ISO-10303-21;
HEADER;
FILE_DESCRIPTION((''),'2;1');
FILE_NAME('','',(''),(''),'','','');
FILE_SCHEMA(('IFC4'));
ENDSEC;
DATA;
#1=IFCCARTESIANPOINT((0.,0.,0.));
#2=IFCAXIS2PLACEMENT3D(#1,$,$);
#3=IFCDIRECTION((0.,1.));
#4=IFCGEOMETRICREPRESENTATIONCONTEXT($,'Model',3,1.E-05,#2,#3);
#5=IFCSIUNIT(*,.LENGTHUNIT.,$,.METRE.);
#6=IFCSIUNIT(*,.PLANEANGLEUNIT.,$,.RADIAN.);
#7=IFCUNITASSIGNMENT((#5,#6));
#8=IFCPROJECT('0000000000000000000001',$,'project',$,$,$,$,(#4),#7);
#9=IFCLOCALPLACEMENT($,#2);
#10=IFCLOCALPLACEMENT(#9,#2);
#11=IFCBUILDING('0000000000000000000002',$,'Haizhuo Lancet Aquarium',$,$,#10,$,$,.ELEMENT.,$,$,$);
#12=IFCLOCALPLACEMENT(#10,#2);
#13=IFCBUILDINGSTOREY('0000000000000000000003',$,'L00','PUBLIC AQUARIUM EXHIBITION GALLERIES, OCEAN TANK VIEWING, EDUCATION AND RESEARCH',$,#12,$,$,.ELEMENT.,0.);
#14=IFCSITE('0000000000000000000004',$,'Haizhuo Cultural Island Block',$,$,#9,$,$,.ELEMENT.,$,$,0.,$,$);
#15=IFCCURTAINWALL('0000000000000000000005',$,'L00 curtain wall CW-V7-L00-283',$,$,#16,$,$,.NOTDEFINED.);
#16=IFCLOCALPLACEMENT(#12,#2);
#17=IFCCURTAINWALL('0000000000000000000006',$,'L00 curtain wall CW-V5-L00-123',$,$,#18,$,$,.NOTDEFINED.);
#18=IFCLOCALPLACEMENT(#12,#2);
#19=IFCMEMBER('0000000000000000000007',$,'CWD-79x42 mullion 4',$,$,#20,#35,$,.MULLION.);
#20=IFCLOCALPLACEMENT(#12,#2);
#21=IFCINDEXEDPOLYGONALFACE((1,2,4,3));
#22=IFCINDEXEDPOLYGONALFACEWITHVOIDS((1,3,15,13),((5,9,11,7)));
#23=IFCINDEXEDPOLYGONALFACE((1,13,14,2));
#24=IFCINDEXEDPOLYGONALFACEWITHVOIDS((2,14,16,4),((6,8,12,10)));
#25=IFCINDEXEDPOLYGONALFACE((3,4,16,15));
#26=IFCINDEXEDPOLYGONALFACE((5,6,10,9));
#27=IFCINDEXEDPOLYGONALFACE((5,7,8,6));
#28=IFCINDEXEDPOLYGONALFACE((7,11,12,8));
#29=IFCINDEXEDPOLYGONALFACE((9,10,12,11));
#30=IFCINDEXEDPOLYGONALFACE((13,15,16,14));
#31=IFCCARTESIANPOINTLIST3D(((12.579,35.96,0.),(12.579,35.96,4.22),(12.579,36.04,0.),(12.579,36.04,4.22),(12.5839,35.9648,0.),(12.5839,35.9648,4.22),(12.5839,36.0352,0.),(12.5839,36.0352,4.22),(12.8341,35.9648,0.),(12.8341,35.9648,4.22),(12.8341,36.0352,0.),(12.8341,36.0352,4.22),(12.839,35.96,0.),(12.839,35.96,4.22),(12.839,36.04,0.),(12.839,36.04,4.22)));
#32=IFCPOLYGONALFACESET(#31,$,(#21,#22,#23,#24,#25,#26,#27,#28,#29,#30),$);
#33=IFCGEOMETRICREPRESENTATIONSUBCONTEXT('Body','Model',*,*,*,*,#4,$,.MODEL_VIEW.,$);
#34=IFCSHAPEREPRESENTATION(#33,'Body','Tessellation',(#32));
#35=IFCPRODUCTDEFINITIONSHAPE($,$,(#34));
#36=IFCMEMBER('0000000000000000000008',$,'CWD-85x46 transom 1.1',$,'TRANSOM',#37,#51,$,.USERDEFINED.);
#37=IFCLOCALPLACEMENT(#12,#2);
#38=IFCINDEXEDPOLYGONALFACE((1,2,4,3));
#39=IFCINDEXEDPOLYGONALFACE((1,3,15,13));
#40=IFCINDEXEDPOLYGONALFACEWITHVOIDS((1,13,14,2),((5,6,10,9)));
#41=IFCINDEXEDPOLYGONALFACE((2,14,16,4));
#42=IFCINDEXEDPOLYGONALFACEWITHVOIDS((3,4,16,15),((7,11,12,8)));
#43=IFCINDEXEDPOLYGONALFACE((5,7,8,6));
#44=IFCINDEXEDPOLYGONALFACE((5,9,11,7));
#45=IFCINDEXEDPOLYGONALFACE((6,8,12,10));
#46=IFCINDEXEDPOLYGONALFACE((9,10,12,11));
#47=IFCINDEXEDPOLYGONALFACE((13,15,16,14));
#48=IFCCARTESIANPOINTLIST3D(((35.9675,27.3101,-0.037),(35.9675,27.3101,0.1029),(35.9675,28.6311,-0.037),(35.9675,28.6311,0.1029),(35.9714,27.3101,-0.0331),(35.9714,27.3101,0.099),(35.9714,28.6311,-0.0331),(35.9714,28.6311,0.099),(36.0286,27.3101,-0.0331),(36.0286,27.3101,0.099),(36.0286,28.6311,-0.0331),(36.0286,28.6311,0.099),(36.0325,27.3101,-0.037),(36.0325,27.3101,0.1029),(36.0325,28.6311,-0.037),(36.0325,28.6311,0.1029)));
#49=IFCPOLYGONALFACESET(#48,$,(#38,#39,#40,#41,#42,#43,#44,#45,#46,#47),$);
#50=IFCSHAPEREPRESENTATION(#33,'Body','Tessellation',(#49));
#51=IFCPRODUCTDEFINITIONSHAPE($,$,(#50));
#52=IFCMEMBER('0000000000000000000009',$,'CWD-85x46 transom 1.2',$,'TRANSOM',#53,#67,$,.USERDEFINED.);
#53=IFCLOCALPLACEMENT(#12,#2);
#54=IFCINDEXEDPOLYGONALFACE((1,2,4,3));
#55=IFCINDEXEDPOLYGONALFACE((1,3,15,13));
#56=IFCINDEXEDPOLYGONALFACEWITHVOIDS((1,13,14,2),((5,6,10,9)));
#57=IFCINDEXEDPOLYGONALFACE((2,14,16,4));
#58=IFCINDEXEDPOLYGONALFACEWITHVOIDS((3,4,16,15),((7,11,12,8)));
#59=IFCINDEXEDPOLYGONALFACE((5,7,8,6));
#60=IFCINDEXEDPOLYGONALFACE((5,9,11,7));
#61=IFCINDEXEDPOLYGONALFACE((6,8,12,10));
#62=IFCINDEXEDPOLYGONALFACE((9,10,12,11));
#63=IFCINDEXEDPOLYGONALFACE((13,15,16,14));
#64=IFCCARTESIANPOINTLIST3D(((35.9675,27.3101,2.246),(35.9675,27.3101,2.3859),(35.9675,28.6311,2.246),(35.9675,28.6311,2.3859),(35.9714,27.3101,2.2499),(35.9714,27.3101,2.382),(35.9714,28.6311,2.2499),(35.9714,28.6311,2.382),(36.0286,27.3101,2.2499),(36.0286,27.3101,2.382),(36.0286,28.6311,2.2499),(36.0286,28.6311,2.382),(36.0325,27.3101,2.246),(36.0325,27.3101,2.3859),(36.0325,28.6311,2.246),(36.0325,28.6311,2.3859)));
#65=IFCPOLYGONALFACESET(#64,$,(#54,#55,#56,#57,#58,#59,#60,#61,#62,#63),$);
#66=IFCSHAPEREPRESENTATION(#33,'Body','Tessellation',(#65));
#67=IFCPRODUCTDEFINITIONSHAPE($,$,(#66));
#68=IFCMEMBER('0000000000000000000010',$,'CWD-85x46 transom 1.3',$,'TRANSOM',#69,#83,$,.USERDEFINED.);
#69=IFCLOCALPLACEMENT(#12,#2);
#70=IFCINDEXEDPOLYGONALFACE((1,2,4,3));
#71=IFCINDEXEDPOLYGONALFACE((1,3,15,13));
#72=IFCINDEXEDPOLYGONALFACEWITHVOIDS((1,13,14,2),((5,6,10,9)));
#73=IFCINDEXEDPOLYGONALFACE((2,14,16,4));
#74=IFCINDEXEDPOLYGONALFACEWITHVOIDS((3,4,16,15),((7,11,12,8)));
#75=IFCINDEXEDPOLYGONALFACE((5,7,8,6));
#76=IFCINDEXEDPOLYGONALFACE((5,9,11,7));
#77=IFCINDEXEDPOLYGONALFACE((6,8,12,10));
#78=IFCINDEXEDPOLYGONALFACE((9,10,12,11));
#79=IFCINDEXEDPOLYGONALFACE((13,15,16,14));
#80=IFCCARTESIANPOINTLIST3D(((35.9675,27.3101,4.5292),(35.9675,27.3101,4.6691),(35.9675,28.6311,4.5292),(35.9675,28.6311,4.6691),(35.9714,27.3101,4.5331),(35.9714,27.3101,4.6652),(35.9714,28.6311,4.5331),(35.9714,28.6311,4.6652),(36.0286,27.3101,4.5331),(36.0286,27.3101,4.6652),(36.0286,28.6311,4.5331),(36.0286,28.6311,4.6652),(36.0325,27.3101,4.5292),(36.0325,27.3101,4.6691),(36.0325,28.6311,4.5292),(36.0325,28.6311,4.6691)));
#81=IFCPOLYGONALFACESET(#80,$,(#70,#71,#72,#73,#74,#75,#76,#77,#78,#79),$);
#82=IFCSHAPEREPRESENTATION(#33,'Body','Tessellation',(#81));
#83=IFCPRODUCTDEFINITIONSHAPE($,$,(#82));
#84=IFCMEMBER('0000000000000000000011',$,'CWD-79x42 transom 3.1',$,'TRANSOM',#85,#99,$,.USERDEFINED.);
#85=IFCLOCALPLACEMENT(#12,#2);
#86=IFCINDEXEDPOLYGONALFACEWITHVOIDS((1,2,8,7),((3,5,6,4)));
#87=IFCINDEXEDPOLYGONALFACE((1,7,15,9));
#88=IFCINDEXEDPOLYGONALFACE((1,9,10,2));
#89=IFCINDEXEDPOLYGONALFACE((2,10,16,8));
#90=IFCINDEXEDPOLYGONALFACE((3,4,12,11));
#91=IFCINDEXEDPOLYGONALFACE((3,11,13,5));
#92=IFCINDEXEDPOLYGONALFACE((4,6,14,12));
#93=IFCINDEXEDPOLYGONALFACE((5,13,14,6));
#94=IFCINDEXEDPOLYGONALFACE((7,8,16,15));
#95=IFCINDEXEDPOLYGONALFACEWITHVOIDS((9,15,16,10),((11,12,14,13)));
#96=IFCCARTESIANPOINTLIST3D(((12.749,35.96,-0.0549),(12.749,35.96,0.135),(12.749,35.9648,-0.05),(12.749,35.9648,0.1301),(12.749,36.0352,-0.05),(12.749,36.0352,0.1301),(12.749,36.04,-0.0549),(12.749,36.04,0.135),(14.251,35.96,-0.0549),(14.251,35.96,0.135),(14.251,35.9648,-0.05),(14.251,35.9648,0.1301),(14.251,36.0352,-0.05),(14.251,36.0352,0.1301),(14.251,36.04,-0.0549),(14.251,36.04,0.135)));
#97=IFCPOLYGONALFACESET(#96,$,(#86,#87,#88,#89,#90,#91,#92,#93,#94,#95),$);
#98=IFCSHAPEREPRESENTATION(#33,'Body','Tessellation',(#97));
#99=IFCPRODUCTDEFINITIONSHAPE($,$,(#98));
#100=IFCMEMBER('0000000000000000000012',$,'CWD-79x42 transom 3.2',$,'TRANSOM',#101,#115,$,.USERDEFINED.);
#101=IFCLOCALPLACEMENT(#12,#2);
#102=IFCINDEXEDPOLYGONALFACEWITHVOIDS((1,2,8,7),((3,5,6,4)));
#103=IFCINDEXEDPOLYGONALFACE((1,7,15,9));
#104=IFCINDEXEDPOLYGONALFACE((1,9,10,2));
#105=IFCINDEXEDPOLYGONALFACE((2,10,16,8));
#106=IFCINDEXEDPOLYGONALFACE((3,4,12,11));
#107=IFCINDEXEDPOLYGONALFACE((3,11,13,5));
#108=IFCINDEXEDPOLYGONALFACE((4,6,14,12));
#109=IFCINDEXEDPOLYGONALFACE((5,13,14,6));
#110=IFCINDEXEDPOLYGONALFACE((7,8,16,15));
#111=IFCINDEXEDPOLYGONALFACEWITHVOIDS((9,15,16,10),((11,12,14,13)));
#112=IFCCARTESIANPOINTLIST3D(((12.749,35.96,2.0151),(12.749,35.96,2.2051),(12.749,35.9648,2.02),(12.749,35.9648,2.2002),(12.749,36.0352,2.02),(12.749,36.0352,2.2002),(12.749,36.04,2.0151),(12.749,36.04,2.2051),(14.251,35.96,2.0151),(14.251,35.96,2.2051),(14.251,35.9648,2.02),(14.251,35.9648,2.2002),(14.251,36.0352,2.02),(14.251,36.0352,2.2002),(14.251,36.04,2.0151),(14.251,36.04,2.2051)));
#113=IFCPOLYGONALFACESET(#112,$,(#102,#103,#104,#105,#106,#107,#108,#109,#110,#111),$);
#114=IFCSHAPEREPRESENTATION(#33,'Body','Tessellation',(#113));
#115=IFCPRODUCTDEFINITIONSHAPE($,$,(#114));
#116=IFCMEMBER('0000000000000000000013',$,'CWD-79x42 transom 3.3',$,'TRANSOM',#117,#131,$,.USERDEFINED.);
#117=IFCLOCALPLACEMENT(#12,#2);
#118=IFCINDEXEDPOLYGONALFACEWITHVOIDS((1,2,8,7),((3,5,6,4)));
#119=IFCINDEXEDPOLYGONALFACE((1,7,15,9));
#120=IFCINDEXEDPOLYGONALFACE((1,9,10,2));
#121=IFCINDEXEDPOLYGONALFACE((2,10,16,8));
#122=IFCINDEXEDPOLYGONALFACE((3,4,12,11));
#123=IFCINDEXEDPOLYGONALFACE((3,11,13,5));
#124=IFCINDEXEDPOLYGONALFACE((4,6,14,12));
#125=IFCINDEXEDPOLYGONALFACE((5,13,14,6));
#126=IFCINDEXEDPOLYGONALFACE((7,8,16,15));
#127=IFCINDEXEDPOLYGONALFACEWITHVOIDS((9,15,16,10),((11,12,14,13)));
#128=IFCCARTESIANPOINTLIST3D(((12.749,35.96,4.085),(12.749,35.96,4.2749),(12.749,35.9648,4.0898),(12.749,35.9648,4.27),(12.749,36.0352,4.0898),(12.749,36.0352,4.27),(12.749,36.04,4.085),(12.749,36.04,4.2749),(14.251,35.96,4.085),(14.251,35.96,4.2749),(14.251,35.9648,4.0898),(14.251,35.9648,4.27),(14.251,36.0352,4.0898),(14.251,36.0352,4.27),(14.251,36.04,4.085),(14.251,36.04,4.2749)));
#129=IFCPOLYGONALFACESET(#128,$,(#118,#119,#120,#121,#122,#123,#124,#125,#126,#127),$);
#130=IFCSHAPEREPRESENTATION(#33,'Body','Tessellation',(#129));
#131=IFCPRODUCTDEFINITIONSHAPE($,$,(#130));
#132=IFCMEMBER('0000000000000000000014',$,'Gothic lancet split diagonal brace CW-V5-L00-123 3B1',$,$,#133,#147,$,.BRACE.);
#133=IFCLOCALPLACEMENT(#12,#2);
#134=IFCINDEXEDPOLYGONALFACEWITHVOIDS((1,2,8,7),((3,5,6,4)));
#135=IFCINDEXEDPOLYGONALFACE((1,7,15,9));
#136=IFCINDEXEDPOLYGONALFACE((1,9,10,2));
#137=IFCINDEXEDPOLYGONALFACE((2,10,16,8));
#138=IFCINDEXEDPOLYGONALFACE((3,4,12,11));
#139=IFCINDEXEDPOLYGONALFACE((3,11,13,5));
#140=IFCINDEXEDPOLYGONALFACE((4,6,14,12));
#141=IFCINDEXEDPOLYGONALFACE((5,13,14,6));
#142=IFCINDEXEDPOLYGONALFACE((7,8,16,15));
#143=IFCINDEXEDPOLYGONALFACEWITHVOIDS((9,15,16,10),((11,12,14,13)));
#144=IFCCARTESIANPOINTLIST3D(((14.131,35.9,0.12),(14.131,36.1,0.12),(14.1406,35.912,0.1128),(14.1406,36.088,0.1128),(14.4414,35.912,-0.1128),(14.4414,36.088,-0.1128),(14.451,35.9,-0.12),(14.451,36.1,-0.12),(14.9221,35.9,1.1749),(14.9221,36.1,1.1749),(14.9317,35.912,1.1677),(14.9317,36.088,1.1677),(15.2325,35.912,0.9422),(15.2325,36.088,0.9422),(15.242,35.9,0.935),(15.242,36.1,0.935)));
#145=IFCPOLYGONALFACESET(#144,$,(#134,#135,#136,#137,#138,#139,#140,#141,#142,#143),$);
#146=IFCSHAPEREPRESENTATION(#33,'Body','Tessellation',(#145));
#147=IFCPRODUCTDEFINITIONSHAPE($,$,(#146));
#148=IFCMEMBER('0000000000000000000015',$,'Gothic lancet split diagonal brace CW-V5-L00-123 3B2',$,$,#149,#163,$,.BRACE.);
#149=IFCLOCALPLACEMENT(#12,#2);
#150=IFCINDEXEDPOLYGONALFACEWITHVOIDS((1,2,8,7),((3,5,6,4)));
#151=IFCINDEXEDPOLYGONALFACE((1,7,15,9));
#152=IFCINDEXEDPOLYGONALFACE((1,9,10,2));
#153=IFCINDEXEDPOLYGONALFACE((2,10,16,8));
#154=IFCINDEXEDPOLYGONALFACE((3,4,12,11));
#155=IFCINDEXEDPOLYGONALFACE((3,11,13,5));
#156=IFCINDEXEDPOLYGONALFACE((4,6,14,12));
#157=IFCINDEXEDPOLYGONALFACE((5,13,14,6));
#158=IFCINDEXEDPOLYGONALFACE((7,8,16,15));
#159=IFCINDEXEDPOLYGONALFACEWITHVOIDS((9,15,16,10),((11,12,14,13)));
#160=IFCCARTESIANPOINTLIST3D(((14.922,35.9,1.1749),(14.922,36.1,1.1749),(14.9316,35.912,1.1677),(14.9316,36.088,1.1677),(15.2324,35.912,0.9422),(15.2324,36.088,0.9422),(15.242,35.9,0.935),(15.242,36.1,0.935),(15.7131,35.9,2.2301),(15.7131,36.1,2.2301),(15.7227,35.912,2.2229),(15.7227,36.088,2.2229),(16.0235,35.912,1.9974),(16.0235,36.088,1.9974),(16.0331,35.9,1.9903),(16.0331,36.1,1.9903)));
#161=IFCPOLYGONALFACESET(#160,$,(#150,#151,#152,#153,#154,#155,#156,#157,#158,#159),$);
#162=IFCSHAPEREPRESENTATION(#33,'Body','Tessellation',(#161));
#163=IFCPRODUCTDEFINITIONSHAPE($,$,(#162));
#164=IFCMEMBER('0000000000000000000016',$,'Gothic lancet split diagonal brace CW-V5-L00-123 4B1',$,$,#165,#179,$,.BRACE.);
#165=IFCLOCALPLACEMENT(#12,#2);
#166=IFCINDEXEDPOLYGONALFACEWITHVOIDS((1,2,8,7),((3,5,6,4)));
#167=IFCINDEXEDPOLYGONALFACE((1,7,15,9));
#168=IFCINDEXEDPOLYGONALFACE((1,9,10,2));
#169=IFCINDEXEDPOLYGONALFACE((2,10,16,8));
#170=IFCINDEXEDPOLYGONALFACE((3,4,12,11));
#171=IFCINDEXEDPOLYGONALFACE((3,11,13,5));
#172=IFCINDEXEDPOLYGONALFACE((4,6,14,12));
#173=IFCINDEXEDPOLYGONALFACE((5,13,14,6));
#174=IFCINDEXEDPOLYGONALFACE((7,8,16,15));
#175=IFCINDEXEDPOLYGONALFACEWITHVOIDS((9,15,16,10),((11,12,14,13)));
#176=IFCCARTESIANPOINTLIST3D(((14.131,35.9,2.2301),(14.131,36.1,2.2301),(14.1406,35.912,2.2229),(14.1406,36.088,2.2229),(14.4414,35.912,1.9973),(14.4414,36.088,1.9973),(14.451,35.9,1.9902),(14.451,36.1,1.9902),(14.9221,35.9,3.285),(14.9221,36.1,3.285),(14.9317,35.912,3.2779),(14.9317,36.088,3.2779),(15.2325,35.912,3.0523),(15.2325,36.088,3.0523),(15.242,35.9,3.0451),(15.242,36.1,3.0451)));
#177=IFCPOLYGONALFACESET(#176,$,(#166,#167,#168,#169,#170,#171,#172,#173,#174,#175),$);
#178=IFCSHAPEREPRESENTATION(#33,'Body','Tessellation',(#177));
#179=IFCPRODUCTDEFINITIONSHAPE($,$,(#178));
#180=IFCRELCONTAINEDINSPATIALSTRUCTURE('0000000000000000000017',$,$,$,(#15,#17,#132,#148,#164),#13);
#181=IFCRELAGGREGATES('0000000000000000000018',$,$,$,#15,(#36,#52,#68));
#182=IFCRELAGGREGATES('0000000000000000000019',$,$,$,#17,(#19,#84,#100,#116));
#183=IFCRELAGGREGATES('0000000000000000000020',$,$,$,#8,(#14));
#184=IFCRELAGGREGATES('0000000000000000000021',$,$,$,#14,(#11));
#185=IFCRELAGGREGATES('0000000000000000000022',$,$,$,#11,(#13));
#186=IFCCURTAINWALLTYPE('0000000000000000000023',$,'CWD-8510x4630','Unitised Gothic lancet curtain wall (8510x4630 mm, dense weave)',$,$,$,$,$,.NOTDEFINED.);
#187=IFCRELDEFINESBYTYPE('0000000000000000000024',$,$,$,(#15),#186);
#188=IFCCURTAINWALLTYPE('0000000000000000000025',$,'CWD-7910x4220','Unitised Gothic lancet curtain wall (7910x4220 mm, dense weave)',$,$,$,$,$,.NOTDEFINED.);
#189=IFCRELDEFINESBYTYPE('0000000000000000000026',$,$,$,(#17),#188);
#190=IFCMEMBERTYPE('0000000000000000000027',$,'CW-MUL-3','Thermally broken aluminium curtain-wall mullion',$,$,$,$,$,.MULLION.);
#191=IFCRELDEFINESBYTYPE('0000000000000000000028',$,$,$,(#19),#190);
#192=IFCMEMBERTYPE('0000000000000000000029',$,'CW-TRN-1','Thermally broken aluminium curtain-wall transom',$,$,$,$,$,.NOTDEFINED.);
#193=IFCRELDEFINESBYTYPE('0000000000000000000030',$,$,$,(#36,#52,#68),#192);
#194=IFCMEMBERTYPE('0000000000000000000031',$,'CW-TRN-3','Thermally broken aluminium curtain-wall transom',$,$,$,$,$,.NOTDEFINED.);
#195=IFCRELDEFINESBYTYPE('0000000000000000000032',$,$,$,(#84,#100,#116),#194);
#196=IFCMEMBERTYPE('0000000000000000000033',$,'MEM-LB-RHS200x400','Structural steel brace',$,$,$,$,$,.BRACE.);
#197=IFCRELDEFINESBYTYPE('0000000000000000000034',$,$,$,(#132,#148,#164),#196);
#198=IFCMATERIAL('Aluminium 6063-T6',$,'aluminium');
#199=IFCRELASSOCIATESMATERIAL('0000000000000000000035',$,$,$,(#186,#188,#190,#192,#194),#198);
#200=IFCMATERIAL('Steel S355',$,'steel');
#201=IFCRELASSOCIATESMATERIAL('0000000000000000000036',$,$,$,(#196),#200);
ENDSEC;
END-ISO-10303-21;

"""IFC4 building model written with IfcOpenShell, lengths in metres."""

from ifc_helpers import new_model, si_unit, direction, frame, origin, origin_2d, place, context, subcontext, project, spatial, hollow_rectangle, extrude, material, material_profile, profile_set, type_object, element, aggregate, save


model = new_model("IFC4")

# Units and contexts
model_context = context("Model", 3, precision=1e-05, world=origin(), true_north=direction((0.0, 1.0)))
body_context = subcontext(model_context, "Body", "Model", "MODEL_VIEW")
ifc_project = project(units=[si_unit("LENGTHUNIT", "METRE"), si_unit("PLANEANGLEUNIT", "RADIAN")], contexts=[model_context])

# Site, building, storey
site_placement = place(None, origin())
site = spatial("IfcSite", under=ifc_project, at=site_placement, Name="Haizhuo Cultural Island Block", CompositionType="ELEMENT", RefElevation=0.0)
building_placement = place(site_placement, origin())
building = spatial("IfcBuilding", under=site, at=building_placement, Name="Haizhuo Lancet Aquarium", CompositionType="ELEMENT")
storey_placement = place(building_placement, origin())
storey = spatial("IfcBuildingStorey", under=building, at=storey_placement, Name="L00", Description="PUBLIC AQUARIUM EXHIBITION GALLERIES, OCEAN TANK VIEWING, EDUCATION AND RESEARCH", CompositionType="ELEMENT", Elevation=0.0)

# Shared definitions
ifc_material_1 = material(Name="Steel S355", Category="steel")

# Curtain wall
ifc_material_2 = material(Name="Aluminium 6063-T6", Category="aluminium")
curtain_wall_type_1 = type_object("IfcCurtainWallType", Name="CWD-8510x4630", Description="Unitised Gothic lancet curtain wall (8510x4630 mm, dense weave)", PredefinedType="NOTDEFINED", material=ifc_material_2)
curtain_wall_1_placement = place(storey_placement, origin())
curtain_wall_1 = element("IfcCurtainWall", 1, at=curtain_wall_1_placement, inside=storey, type_object=curtain_wall_type_1, Name="L00 curtain wall CW-V7-L00-283", PredefinedType="NOTDEFINED")

# Curtain wall, member
curtain_wall_type_2 = type_object("IfcCurtainWallType", Name="CWD-7910x4220", Description="Unitised Gothic lancet curtain wall (7910x4220 mm, dense weave)", PredefinedType="NOTDEFINED", material=ifc_material_2)
curtain_wall_2_placement = place(storey_placement, origin())
curtain_wall_2 = element("IfcCurtainWall", 2, at=curtain_wall_2_placement, inside=storey, type_object=curtain_wall_type_2, Name="L00 curtain wall CW-V5-L00-123", PredefinedType="NOTDEFINED")
ifc_material_profile_1 = material_profile(ifc_material_2, hollow_rectangle(XDim=0.0801, YDim=0.26, WallThickness=0.0049, at=origin_2d()), Name="ALU-M 80x260x5")
ifc_profile_set_1 = profile_set([ifc_material_profile_1], Name="Aluminium 6063-T6")
member_type_1 = type_object("IfcMemberType", Name="CW-MUL-3", Description="Thermally broken aluminium curtain-wall mullion", PredefinedType="MULLION", material=ifc_profile_set_1)
member_1_placement = place(storey_placement, frame((12.709, 36.0, 0.0), z_axis=(0.0, 0.0, 1.0), x_axis=(0.0, -1.0, 0.0)))
member_1 = element("IfcMember", 3, at=member_1_placement, type_object=member_type_1, Name="CWD-79x42 mullion 4", PredefinedType="MULLION", context=body_context, shape_type="SweptSolid", body=[
    extrude(hollow_rectangle(XDim=0.0801, YDim=0.26, WallThickness=0.0049, at=origin_2d()), origin(), (0.0, 0.0, 1.0), 4.22),
])

# Members
ifc_material_profile_2 = material_profile(ifc_material_2, hollow_rectangle(XDim=0.0649, YDim=0.1399, WallThickness=0.0039, at=origin_2d()), Name="ALU-T 65x140x4")
ifc_profile_set_2 = profile_set([ifc_material_profile_2], Name="Aluminium 6063-T6")
member_type_2 = type_object("IfcMemberType", Name="CW-TRN-1", Description="Thermally broken aluminium curtain-wall transom", PredefinedType="NOTDEFINED", material=ifc_profile_set_2)
member_2_placement = place(storey_placement, frame((36.0, 27.3101, 0.033), z_axis=(0.0, 1.0, 0.0), x_axis=(-1.0, 0.0, 0.0)))
member_2 = element("IfcMember", 4, at=member_2_placement, type_object=member_type_2, Name="CWD-85x46 transom 1.1", ObjectType="TRANSOM", PredefinedType="USERDEFINED", context=body_context, shape_type="SweptSolid", body=[
    extrude(hollow_rectangle(XDim=0.0649, YDim=0.1399, WallThickness=0.0039, at=origin_2d()), origin(), (0.0, 0.0, 1.0), 1.321),
])
member_3_placement = place(storey_placement, frame((36.0, 27.3101, 2.3159), z_axis=(0.0, 1.0, 0.0), x_axis=(-1.0, 0.0, 0.0)))
member_3 = element("IfcMember", 5, at=member_3_placement, type_object=member_type_2, Name="CWD-85x46 transom 1.2", ObjectType="TRANSOM", PredefinedType="USERDEFINED", context=body_context, shape_type="SweptSolid", body=[
    extrude(hollow_rectangle(XDim=0.0649, YDim=0.1399, WallThickness=0.0039, at=origin_2d()), origin(), (0.0, 0.0, 1.0), 1.321),
])
member_4_placement = place(storey_placement, frame((36.0, 27.3101, 4.5991), z_axis=(0.0, 1.0, 0.0), x_axis=(-1.0, 0.0, 0.0)))
member_4 = element("IfcMember", 6, at=member_4_placement, type_object=member_type_2, Name="CWD-85x46 transom 1.3", ObjectType="TRANSOM", PredefinedType="USERDEFINED", context=body_context, shape_type="SweptSolid", body=[
    extrude(hollow_rectangle(XDim=0.0649, YDim=0.1399, WallThickness=0.0039, at=origin_2d()), origin(), (0.0, 0.0, 1.0), 1.321),
])
aggregate(curtain_wall_1, [member_2, member_3, member_4])
ifc_material_profile_3 = material_profile(ifc_material_2, hollow_rectangle(XDim=0.0801, YDim=0.1899, WallThickness=0.0049, at=origin_2d()), Name="ALU-T 80x190x5")
ifc_profile_set_3 = profile_set([ifc_material_profile_3], Name="Aluminium 6063-T6")
member_type_3 = type_object("IfcMemberType", Name="CW-TRN-3", Description="Thermally broken aluminium curtain-wall transom", PredefinedType="NOTDEFINED", material=ifc_profile_set_3)
member_5_placement = place(storey_placement, frame((14.251, 36.0, 0.04), z_axis=(-1.0, 0.0, 0.0), x_axis=(0.0, -1.0, 0.0)))
member_5 = element("IfcMember", 7, at=member_5_placement, type_object=member_type_3, Name="CWD-79x42 transom 3.1", ObjectType="TRANSOM", PredefinedType="USERDEFINED", context=body_context, shape_type="SweptSolid", body=[
    extrude(hollow_rectangle(XDim=0.0801, YDim=0.1899, WallThickness=0.0049, at=origin_2d()), origin(), (0.0, 0.0, 1.0), 1.502),
])
member_6_placement = place(storey_placement, frame((14.251, 36.0, 2.1101), z_axis=(-1.0, 0.0, 0.0), x_axis=(0.0, -1.0, 0.0)))
member_6 = element("IfcMember", 8, at=member_6_placement, type_object=member_type_3, Name="CWD-79x42 transom 3.2", ObjectType="TRANSOM", PredefinedType="USERDEFINED", context=body_context, shape_type="SweptSolid", body=[
    extrude(hollow_rectangle(XDim=0.0801, YDim=0.1899, WallThickness=0.0049, at=origin_2d()), origin(), (0.0, 0.0, 1.0), 1.502),
])
member_7_placement = place(storey_placement, frame((14.251, 36.0, 4.1799), z_axis=(-1.0, 0.0, 0.0), x_axis=(0.0, -1.0, 0.0)))
member_7 = element("IfcMember", 9, at=member_7_placement, type_object=member_type_3, Name="CWD-79x42 transom 3.3", ObjectType="TRANSOM", PredefinedType="USERDEFINED", context=body_context, shape_type="SweptSolid", body=[
    extrude(hollow_rectangle(XDim=0.0801, YDim=0.1899, WallThickness=0.0049, at=origin_2d()), origin(), (0.0, 0.0, 1.0), 1.502),
])

# Members
ifc_material_profile_4 = material_profile(ifc_material_1, hollow_rectangle(XDim=0.2, YDim=0.3999, WallThickness=0.012, at=origin_2d()), Name="RHS 200x400x12")
ifc_profile_set_4 = profile_set([ifc_material_profile_4], Name="Steel S355")
member_type_4 = type_object("IfcMemberType", Name="MEM-LB-RHS200x400", Description="Structural steel brace", PredefinedType="BRACE", material=ifc_profile_set_4)
member_8_placement = place(storey_placement, frame((14.291, 36.0, 0.0), z_axis=(0.599911, 0.0, 0.800067), x_axis=(0.0, 1.0, 0.0)))
element("IfcMember", 10, at=member_8_placement, inside=storey, type_object=member_type_4, Name="Gothic lancet split diagonal brace CW-V5-L00-123 3B1", PredefinedType="BRACE", context=body_context, shape_type="SweptSolid", body=[
    extrude(hollow_rectangle(XDim=0.2, YDim=0.3999, WallThickness=0.012, at=origin_2d()), origin(), (0.0, 0.0, 1.0), 1.3186),
])
member_9_placement = place(storey_placement, frame((15.082, 36.0, 1.0549), z_axis=(0.599822, 0.0, 0.800133), x_axis=(0.0, 1.0, 0.0)))
element("IfcMember", 11, at=member_9_placement, inside=storey, type_object=member_type_4, Name="Gothic lancet split diagonal brace CW-V5-L00-123 3B2", PredefinedType="BRACE", context=body_context, shape_type="SweptSolid", body=[
    extrude(hollow_rectangle(XDim=0.2, YDim=0.3999, WallThickness=0.012, at=origin_2d()), origin(), (0.0, 0.0, 1.0), 1.3188),
])
for number, where, z_axis, x_axis, name in (
    (12, (14.291, 36.0, 2.1101), (0.599911, 0.0, 0.800067), (0.0, 1.0, 0.0), "Gothic lancet split diagonal brace CW-V5-L00-123 4B1"),
):
    element("IfcMember", number, at=place(storey_placement, frame(where, z_axis=z_axis, x_axis=x_axis)), inside=storey, type_object=member_type_4, Name=name, PredefinedType="BRACE", context=body_context, shape_type="SweptSolid", body=[
        extrude(hollow_rectangle(XDim=0.2, YDim=0.3999, WallThickness=0.012, at=origin_2d()), origin(), (0.0, 0.0, 1.0), 1.3186),
    ])

aggregate(curtain_wall_2, [member_1, member_5, member_6, member_7])

save(model, "model.ifc")
